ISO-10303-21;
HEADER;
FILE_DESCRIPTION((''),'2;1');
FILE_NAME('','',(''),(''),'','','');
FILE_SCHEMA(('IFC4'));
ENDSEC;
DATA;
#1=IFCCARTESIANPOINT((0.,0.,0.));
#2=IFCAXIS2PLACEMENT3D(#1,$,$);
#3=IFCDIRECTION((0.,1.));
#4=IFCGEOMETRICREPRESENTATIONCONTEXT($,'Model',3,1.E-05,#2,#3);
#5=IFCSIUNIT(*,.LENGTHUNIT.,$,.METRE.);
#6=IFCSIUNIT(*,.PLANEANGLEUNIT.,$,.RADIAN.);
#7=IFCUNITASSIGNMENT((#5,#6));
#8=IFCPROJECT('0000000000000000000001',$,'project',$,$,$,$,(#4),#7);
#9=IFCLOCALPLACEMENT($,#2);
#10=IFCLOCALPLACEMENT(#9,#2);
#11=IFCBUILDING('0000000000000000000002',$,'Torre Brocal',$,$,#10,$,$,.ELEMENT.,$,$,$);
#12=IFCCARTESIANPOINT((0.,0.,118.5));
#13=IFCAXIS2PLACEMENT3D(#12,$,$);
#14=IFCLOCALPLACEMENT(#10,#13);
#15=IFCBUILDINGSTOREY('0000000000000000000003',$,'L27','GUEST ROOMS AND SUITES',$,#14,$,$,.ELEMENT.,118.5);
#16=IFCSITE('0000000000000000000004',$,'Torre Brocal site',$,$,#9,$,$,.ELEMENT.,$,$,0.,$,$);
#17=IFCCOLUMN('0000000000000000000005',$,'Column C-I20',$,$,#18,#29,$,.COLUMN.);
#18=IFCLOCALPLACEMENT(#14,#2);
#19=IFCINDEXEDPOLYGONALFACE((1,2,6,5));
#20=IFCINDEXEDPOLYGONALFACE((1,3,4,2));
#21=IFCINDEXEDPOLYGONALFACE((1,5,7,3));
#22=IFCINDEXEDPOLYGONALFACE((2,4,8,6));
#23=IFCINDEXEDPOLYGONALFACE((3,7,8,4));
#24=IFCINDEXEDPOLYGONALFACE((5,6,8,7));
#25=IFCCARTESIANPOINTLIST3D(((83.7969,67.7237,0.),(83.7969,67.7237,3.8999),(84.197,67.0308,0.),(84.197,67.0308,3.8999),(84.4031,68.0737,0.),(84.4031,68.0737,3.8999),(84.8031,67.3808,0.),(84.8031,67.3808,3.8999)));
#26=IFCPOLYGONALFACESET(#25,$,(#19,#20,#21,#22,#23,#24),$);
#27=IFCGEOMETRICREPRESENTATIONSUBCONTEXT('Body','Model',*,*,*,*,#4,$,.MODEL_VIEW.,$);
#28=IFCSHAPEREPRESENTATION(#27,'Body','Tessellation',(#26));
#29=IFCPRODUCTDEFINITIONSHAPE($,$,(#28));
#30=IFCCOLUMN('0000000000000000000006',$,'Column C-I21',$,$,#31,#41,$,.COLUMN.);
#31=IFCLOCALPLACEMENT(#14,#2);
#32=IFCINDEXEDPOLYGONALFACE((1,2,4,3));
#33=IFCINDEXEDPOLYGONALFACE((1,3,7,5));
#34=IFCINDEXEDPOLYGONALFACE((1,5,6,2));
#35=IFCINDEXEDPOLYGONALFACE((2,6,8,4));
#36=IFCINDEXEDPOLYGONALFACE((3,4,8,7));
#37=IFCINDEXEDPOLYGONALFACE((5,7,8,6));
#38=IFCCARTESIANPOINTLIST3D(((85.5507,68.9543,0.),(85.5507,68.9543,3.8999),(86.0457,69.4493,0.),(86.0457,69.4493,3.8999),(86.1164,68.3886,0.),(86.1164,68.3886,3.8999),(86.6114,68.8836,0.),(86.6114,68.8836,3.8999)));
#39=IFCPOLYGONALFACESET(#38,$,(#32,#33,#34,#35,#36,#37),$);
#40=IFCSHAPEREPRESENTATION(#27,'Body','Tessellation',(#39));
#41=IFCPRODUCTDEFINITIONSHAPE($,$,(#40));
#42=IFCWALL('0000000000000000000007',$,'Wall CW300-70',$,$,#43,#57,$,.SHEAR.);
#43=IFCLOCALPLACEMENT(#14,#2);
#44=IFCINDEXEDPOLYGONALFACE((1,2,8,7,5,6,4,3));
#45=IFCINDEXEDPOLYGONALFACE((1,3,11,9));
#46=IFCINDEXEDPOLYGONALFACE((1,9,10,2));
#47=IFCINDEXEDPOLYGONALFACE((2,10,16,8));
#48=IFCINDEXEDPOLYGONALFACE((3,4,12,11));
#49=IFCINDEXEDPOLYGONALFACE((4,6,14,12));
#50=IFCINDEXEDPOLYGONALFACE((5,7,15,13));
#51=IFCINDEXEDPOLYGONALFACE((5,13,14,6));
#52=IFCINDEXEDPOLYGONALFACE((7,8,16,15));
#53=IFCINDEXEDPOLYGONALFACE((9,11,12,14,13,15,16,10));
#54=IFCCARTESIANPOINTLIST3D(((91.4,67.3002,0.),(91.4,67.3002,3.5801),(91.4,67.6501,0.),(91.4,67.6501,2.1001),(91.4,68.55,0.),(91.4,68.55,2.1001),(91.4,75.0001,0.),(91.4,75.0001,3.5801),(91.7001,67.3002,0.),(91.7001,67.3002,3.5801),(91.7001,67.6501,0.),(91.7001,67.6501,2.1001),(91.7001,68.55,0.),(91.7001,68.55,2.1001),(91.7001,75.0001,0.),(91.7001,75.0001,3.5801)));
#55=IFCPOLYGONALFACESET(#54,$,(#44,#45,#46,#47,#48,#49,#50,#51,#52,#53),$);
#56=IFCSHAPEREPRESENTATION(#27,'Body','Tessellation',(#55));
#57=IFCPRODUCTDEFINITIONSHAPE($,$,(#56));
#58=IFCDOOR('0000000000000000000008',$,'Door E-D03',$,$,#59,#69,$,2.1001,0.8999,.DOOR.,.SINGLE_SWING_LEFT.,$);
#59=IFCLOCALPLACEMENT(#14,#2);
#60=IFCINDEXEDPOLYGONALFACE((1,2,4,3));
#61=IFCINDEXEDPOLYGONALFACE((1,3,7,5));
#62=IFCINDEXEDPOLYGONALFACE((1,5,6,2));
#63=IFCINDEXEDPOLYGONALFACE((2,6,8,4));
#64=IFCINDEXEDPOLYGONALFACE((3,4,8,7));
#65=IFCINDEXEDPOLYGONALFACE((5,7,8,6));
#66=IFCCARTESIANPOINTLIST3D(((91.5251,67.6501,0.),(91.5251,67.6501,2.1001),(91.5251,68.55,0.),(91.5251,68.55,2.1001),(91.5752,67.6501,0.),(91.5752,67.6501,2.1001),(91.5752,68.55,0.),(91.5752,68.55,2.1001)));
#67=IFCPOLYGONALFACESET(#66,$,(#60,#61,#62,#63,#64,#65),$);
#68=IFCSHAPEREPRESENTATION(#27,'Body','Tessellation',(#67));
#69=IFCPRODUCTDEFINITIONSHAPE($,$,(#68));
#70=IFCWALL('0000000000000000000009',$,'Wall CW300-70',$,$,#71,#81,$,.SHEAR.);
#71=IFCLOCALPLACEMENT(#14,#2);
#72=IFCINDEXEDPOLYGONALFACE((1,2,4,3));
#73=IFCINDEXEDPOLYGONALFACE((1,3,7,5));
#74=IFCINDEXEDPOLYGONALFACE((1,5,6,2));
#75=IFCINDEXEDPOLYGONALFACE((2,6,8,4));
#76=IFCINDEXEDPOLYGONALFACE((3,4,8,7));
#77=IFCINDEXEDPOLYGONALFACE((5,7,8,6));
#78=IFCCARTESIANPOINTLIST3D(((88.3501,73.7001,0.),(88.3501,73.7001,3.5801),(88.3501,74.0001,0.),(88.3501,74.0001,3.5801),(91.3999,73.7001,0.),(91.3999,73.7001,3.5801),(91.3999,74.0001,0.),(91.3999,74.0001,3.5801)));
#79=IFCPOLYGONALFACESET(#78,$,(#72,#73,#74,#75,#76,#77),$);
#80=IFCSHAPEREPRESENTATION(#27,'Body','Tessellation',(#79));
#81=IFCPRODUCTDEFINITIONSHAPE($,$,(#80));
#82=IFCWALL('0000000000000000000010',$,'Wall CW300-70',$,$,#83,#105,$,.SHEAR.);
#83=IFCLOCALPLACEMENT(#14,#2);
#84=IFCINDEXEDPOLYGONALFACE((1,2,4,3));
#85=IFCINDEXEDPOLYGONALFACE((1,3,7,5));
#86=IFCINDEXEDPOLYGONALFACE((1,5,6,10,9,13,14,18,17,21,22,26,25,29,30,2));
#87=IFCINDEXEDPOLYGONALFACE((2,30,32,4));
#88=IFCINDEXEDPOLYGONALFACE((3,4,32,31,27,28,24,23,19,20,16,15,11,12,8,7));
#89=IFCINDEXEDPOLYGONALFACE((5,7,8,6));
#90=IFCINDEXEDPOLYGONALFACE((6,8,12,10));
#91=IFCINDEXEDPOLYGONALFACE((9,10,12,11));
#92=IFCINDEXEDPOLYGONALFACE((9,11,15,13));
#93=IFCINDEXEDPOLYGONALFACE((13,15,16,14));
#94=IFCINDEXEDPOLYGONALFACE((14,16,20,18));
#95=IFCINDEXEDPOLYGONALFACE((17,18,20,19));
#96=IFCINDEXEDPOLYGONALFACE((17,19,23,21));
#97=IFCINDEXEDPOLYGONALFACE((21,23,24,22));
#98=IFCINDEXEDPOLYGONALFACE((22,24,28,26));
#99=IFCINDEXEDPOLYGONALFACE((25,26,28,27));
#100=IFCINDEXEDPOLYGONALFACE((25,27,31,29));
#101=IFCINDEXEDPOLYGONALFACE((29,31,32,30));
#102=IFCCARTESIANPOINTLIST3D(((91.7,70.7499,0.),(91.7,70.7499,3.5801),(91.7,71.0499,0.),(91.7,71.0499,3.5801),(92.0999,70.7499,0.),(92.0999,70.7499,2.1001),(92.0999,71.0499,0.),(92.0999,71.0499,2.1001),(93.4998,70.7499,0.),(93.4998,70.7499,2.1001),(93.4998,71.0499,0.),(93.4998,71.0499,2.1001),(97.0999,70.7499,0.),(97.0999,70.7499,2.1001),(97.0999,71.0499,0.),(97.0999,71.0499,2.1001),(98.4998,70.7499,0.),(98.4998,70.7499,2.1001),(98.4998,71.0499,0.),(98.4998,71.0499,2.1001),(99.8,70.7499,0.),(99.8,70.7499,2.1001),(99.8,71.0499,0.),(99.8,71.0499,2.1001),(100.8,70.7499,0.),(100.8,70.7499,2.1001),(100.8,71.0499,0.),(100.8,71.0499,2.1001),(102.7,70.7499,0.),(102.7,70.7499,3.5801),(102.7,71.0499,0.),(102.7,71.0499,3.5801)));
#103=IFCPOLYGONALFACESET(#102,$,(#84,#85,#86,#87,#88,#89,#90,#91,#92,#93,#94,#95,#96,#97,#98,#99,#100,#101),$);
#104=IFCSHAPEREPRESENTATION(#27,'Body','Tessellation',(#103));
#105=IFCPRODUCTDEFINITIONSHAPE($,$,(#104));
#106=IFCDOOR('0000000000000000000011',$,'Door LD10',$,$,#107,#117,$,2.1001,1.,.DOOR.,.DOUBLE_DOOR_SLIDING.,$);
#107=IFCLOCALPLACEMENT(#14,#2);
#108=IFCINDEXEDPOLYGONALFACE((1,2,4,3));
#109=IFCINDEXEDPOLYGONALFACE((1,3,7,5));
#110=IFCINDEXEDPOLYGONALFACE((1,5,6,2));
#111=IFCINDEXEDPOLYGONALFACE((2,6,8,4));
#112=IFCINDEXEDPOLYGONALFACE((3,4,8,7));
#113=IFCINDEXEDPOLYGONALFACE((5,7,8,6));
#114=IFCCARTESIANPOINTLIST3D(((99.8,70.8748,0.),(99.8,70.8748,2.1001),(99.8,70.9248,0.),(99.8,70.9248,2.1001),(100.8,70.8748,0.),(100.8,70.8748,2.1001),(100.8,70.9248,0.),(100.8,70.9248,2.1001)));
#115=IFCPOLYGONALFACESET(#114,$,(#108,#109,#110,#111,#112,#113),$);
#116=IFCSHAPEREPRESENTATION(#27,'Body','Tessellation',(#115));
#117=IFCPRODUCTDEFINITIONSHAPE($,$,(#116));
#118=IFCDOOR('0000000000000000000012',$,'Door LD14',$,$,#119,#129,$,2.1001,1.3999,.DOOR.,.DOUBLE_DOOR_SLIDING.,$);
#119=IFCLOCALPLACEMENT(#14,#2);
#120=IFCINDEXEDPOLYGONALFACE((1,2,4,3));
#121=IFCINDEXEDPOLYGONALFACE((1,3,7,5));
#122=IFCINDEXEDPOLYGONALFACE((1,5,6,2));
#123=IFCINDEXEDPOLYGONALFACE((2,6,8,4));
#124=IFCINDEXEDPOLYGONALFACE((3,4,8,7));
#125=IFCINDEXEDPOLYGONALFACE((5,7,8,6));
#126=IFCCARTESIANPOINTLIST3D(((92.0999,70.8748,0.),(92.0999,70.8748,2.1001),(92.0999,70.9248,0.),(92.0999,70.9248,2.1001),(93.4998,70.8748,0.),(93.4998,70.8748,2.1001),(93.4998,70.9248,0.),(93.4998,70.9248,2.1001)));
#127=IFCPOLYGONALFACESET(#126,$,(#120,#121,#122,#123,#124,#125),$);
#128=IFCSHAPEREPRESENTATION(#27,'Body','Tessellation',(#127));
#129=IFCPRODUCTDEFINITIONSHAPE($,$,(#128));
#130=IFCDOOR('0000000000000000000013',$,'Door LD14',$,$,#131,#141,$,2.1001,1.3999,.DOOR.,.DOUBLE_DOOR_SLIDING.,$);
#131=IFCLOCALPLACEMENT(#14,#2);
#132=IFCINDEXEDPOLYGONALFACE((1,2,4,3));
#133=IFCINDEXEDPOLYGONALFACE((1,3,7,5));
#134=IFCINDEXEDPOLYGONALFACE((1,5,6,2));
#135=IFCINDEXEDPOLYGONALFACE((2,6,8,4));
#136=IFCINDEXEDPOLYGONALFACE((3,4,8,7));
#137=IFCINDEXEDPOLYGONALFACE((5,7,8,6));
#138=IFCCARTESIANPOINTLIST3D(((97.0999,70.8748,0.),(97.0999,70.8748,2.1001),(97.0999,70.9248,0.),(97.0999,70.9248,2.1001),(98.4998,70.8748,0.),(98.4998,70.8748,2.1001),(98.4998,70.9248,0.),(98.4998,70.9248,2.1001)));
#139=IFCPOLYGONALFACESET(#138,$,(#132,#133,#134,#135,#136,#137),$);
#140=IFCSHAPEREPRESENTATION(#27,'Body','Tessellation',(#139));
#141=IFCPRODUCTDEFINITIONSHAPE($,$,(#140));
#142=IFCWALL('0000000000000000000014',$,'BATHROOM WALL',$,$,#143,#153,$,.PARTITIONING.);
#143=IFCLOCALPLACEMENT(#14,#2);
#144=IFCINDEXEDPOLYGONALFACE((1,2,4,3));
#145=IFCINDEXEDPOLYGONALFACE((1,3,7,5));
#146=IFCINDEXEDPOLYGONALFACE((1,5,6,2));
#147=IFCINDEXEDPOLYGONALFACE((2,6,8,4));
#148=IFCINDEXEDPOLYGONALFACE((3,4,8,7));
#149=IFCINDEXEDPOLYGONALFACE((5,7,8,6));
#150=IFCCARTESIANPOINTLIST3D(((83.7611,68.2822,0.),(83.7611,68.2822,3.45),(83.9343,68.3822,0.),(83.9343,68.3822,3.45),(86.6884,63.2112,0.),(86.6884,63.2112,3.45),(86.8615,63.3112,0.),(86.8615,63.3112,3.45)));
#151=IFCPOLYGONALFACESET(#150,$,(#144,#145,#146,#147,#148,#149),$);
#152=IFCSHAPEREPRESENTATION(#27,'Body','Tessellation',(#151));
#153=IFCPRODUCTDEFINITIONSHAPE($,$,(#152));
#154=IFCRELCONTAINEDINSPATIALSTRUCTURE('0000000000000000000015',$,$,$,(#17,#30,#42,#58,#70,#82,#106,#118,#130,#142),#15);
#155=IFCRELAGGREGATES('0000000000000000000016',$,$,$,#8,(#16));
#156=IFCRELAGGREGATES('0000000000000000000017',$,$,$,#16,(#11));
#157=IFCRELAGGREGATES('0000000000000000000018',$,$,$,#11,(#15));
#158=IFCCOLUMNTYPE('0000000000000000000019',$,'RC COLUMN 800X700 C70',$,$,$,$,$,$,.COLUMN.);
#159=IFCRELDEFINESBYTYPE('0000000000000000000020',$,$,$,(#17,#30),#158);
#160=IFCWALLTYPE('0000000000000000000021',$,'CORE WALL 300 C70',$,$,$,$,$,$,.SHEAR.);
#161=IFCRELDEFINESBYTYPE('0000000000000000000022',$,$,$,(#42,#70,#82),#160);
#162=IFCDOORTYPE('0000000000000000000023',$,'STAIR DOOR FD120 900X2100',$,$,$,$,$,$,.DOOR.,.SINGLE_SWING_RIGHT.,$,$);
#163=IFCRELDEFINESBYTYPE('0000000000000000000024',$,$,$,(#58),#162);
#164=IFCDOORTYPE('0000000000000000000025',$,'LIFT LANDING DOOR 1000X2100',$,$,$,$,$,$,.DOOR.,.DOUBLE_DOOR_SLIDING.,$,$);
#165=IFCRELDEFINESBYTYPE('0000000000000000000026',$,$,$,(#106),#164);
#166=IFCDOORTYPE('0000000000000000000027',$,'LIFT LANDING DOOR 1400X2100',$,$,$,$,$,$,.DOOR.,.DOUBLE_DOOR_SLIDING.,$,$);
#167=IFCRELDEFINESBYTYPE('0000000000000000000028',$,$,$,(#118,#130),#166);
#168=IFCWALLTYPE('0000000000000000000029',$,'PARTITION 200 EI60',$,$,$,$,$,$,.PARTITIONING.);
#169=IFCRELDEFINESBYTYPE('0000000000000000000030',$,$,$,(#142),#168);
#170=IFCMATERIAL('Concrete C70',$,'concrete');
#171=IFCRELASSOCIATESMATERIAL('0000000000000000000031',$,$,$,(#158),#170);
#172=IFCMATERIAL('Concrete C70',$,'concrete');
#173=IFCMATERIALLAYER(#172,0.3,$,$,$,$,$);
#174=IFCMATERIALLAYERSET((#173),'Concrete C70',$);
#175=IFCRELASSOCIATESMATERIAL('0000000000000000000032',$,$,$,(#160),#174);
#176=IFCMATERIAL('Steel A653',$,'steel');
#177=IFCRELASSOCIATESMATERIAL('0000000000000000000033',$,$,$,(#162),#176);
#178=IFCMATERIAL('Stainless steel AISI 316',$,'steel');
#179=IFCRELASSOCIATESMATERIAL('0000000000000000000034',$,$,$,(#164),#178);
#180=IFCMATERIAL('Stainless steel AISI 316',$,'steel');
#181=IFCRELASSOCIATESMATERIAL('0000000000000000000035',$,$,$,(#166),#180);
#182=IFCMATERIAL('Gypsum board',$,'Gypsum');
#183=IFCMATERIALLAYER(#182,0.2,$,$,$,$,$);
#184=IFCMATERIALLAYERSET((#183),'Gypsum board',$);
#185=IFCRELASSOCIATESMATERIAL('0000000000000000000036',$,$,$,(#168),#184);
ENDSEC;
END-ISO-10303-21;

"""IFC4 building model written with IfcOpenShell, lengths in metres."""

from ifc_helpers import new_model, si_unit, direction, frame, frame_2d, origin, origin_2d, place, context, subcontext, project, spatial, rectangle, extrude, material, layer, layer_set, material_profile, profile_set, type_object, element, fill, save


model = new_model("IFC4")

# Units and contexts
model_context = context("Model", 3, precision=1e-05, world=origin(), true_north=direction((0.0, 1.0)))
body_context = subcontext(model_context, "Body", "Model", "MODEL_VIEW")
ifc_project = project(units=[si_unit("LENGTHUNIT", "METRE"), si_unit("PLANEANGLEUNIT", "RADIAN")], contexts=[model_context])

# Site, building, storey
site_placement = place(None, origin())
site = spatial("IfcSite", under=ifc_project, at=site_placement, Name="Torre Brocal site", CompositionType="ELEMENT", RefElevation=0.0)
building_placement = place(site_placement, origin())
building = spatial("IfcBuilding", under=site, at=building_placement, Name="Torre Brocal", CompositionType="ELEMENT")
storey_placement = place(building_placement, frame((0.0, 0.0, 118.5)))
storey = spatial("IfcBuildingStorey", under=building, at=storey_placement, Name="L27", Description="GUEST ROOMS AND SUITES", CompositionType="ELEMENT", Elevation=118.5)

# Columns
ifc_material_1 = material(Name="Concrete C70", Category="concrete")
ifc_material_profile = material_profile(ifc_material_1, rectangle(XDim=0.8, YDim=0.7, at=origin_2d()), Name="RC 800X700")
ifc_profile_set = profile_set([ifc_material_profile], Name="Concrete C70")
column_type = type_object("IfcColumnType", Name="RC COLUMN 800X700 C70", PredefinedType="COLUMN", material=ifc_profile_set)
for number, where, z_axis, x_axis, name in (
    (1, (84.3, 67.5522, 0.0), (0.0, 0.0, 1.0), (0.5, -0.866025, 0.0), "Column C-I20"),
    (2, (86.0811, 68.9189, 0.0), (0.0, 0.0, 1.0), (0.707107, -0.707107, 0.0), "Column C-I21"),
):
    element("IfcColumn", number, at=place(storey_placement, frame(where, z_axis=z_axis, x_axis=x_axis)), inside=storey, type_object=column_type, Name=name, PredefinedType="COLUMN", context=body_context, shape_type="SweptSolid", body=[
        extrude(rectangle(XDim=0.8, YDim=0.7, at=origin_2d()), origin(), (0.0, 0.0, 1.0), 3.8999),
    ])

# Wall, opening, door
ifc_material_2 = material(Name="Concrete C70", Category="concrete")
ifc_layer_1 = layer(ifc_material_2, 0.3)
ifc_layer_set_1 = layer_set([ifc_layer_1], Name="Concrete C70")
wall_type_1 = type_object("IfcWallType", Name="CORE WALL 300 C70", PredefinedType="SHEAR", material=ifc_layer_set_1)
wall_1_placement = place(storey_placement, frame((91.55, 67.3, 0.0), z_axis=(0.0, 0.0, 1.0), x_axis=(0.0, 1.0, 0.0)))
wall_1 = element("IfcWall", 3, at=wall_1_placement, inside=storey, type_object=wall_type_1, Name="Wall CW300-70", PredefinedType="SHEAR", context=body_context, shape_type="SweptSolid", body=[
    extrude(rectangle(XDim=7.7, YDim=0.3, at=frame_2d((3.8501, 0.0))), origin(), (0.0, 0.0, 1.0), 3.5801),
])
opening_1_placement = place(wall_1_placement, frame((0.3501, 0.0, 0.0)))
opening_1 = element("IfcOpeningElement", 4, at=opening_1_placement, cuts=wall_1, PredefinedType="OPENING", context=body_context, shape_type="SweptSolid", body=[
    extrude(rectangle(XDim=0.8999, YDim=2.1001, at=frame_2d((0.45, 1.05))), frame((0.0, 0.1599, 0.0), z_axis=(0.0, -1.0, 0.0), x_axis=(1.0, 0.0, 0.0)), (0.0, 0.0, 1.0), 0.3201),
])
ifc_material_3 = material(Name="Steel A653", Category="steel")
door_type_1 = type_object("IfcDoorType", Name="STAIR DOOR FD120 900X2100", OperationType="SINGLE_SWING_RIGHT", PredefinedType="DOOR", material=ifc_material_3)
door_1_placement = place(opening_1_placement, origin())
door_1 = element("IfcDoor", 5, at=door_1_placement, inside=storey, type_object=door_type_1, Name="Door E-D03", OperationType="SINGLE_SWING_LEFT", OverallHeight=2.1001, OverallWidth=0.8999, PredefinedType="DOOR", context=body_context, shape_type="SweptSolid", body=[
    extrude(rectangle(XDim=0.8999, YDim=2.1001, at=frame_2d((0.45, 1.05))), frame((0.0, 0.0249, 0.0), z_axis=(0.0, -1.0, 0.0), x_axis=(1.0, 0.0, 0.0)), (0.0, 0.0, 1.0), 0.05),
])
fill(opening_1, door_1)

# Wall
wall_2_placement = place(storey_placement, frame((88.3501, 73.8501, 0.0), z_axis=(0.0, 0.0, 1.0), x_axis=(1.0, 0.0, 0.0)))
element("IfcWall", 6, at=wall_2_placement, inside=storey, type_object=wall_type_1, Name="Wall CW300-70", PredefinedType="SHEAR", context=body_context, shape_type="SweptSolid", body=[
    extrude(rectangle(XDim=3.0498, YDim=0.3, at=frame_2d((1.5249, 0.0))), origin(), (0.0, 0.0, 1.0), 3.5801),
])

# Wall, openings, doors
wall_3_placement = place(storey_placement, frame((91.7, 70.8999, 0.0), z_axis=(0.0, 0.0, 1.0), x_axis=(1.0, 0.0, 0.0)))
wall_3 = element("IfcWall", 7, at=wall_3_placement, inside=storey, type_object=wall_type_1, Name="Wall CW300-70", PredefinedType="SHEAR", context=body_context, shape_type="SweptSolid", body=[
    extrude(rectangle(XDim=11.0, YDim=0.3, at=frame_2d((5.5, 0.0))), origin(), (0.0, 0.0, 1.0), 3.5801),
])
opening_2_placement = place(wall_3_placement, frame((0.3999, 0.0, 0.0)))
opening_2 = element("IfcOpeningElement", 8, at=opening_2_placement, cuts=wall_3, PredefinedType="OPENING", context=body_context, shape_type="SweptSolid", body=[
    extrude(rectangle(XDim=1.3999, YDim=2.1001, at=frame_2d((0.7, 1.05))), frame((0.0, 0.1599, 0.0), z_axis=(0.0, -1.0, 0.0), x_axis=(1.0, 0.0, 0.0)), (0.0, 0.0, 1.0), 0.3201),
])
opening_3_placement = place(wall_3_placement, frame((5.3999, 0.0, 0.0)))
opening_3 = element("IfcOpeningElement", 9, at=opening_3_placement, cuts=wall_3, PredefinedType="OPENING", context=body_context, shape_type="SweptSolid", body=[
    extrude(rectangle(XDim=1.3999, YDim=2.1001, at=frame_2d((0.7, 1.05))), frame((0.0, 0.1599, 0.0), z_axis=(0.0, -1.0, 0.0), x_axis=(1.0, 0.0, 0.0)), (0.0, 0.0, 1.0), 0.3201),
])
opening_4_placement = place(wall_3_placement, frame((8.1001, 0.0, 0.0)))
opening_4 = element("IfcOpeningElement", 10, at=opening_4_placement, cuts=wall_3, PredefinedType="OPENING", context=body_context, shape_type="SweptSolid", body=[
    extrude(rectangle(XDim=1.0, YDim=2.1001, at=frame_2d((0.5, 1.05))), frame((0.0, 0.1599, 0.0), z_axis=(0.0, -1.0, 0.0), x_axis=(1.0, 0.0, 0.0)), (0.0, 0.0, 1.0), 0.3201),
])
ifc_material_4 = material(Name="Stainless steel AISI 316", Category="steel")
door_type_2 = type_object("IfcDoorType", Name="LIFT LANDING DOOR 1000X2100", OperationType="DOUBLE_DOOR_SLIDING", PredefinedType="DOOR", material=ifc_material_4)
door_2_placement = place(opening_4_placement, origin())
door_2 = element("IfcDoor", 11, at=door_2_placement, inside=storey, type_object=door_type_2, Name="Door LD10", OperationType="DOUBLE_DOOR_SLIDING", OverallHeight=2.1001, OverallWidth=1.0, PredefinedType="DOOR", context=body_context, shape_type="SweptSolid", body=[
    extrude(rectangle(XDim=1.0, YDim=2.1001, at=frame_2d((0.5, 1.05))), frame((0.0, 0.0249, 0.0), z_axis=(0.0, -1.0, 0.0), x_axis=(1.0, 0.0, 0.0)), (0.0, 0.0, 1.0), 0.05),
])
fill(opening_4, door_2)
ifc_material_5 = material(Name="Stainless steel AISI 316", Category="steel")
door_type_3 = type_object("IfcDoorType", Name="LIFT LANDING DOOR 1400X2100", OperationType="DOUBLE_DOOR_SLIDING", PredefinedType="DOOR", material=ifc_material_5)
door_3_placement = place(opening_2_placement, origin())
door_3 = element("IfcDoor", 12, at=door_3_placement, inside=storey, type_object=door_type_3, Name="Door LD14", OperationType="DOUBLE_DOOR_SLIDING", OverallHeight=2.1001, OverallWidth=1.3999, PredefinedType="DOOR", context=body_context, shape_type="SweptSolid", body=[
    extrude(rectangle(XDim=1.3999, YDim=2.1001, at=frame_2d((0.7, 1.05))), frame((0.0, 0.0249, 0.0), z_axis=(0.0, -1.0, 0.0), x_axis=(1.0, 0.0, 0.0)), (0.0, 0.0, 1.0), 0.05),
])
fill(opening_2, door_3)
door_4_placement = place(opening_3_placement, origin())
door_4 = element("IfcDoor", 13, at=door_4_placement, inside=storey, type_object=door_type_3, Name="Door LD14", OperationType="DOUBLE_DOOR_SLIDING", OverallHeight=2.1001, OverallWidth=1.3999, PredefinedType="DOOR", context=body_context, shape_type="SweptSolid", body=[
    extrude(rectangle(XDim=1.3999, YDim=2.1001, at=frame_2d((0.7, 1.05))), frame((0.0, 0.0249, 0.0), z_axis=(0.0, -1.0, 0.0), x_axis=(1.0, 0.0, 0.0)), (0.0, 0.0, 1.0), 0.05),
])
fill(opening_3, door_4)

# Wall
ifc_material_6 = material(Name="Gypsum board", Category="Gypsum")
ifc_layer_2 = layer(ifc_material_6, 0.2)
ifc_layer_set_2 = layer_set([ifc_layer_2], Name="Gypsum board")
wall_type_2 = type_object("IfcWallType", Name="PARTITION 200 EI60", PredefinedType="PARTITIONING", material=ifc_layer_set_2)
wall_4_placement = place(storey_placement, frame((83.8477, 68.3323, 0.0), z_axis=(0.0, 0.0, 1.0), x_axis=(0.499933, -0.866064, 0.0)))
element("IfcWall", 14, at=wall_4_placement, inside=storey, type_object=wall_type_2, Name="BATHROOM WALL", PredefinedType="PARTITIONING", context=body_context, shape_type="SweptSolid", body=[
    extrude(rectangle(XDim=5.8552, YDim=0.2, at=frame_2d((2.9277, 0.0))), origin(), (0.0, 0.0, 1.0), 3.45),
])

save(model, "model.ifc")
